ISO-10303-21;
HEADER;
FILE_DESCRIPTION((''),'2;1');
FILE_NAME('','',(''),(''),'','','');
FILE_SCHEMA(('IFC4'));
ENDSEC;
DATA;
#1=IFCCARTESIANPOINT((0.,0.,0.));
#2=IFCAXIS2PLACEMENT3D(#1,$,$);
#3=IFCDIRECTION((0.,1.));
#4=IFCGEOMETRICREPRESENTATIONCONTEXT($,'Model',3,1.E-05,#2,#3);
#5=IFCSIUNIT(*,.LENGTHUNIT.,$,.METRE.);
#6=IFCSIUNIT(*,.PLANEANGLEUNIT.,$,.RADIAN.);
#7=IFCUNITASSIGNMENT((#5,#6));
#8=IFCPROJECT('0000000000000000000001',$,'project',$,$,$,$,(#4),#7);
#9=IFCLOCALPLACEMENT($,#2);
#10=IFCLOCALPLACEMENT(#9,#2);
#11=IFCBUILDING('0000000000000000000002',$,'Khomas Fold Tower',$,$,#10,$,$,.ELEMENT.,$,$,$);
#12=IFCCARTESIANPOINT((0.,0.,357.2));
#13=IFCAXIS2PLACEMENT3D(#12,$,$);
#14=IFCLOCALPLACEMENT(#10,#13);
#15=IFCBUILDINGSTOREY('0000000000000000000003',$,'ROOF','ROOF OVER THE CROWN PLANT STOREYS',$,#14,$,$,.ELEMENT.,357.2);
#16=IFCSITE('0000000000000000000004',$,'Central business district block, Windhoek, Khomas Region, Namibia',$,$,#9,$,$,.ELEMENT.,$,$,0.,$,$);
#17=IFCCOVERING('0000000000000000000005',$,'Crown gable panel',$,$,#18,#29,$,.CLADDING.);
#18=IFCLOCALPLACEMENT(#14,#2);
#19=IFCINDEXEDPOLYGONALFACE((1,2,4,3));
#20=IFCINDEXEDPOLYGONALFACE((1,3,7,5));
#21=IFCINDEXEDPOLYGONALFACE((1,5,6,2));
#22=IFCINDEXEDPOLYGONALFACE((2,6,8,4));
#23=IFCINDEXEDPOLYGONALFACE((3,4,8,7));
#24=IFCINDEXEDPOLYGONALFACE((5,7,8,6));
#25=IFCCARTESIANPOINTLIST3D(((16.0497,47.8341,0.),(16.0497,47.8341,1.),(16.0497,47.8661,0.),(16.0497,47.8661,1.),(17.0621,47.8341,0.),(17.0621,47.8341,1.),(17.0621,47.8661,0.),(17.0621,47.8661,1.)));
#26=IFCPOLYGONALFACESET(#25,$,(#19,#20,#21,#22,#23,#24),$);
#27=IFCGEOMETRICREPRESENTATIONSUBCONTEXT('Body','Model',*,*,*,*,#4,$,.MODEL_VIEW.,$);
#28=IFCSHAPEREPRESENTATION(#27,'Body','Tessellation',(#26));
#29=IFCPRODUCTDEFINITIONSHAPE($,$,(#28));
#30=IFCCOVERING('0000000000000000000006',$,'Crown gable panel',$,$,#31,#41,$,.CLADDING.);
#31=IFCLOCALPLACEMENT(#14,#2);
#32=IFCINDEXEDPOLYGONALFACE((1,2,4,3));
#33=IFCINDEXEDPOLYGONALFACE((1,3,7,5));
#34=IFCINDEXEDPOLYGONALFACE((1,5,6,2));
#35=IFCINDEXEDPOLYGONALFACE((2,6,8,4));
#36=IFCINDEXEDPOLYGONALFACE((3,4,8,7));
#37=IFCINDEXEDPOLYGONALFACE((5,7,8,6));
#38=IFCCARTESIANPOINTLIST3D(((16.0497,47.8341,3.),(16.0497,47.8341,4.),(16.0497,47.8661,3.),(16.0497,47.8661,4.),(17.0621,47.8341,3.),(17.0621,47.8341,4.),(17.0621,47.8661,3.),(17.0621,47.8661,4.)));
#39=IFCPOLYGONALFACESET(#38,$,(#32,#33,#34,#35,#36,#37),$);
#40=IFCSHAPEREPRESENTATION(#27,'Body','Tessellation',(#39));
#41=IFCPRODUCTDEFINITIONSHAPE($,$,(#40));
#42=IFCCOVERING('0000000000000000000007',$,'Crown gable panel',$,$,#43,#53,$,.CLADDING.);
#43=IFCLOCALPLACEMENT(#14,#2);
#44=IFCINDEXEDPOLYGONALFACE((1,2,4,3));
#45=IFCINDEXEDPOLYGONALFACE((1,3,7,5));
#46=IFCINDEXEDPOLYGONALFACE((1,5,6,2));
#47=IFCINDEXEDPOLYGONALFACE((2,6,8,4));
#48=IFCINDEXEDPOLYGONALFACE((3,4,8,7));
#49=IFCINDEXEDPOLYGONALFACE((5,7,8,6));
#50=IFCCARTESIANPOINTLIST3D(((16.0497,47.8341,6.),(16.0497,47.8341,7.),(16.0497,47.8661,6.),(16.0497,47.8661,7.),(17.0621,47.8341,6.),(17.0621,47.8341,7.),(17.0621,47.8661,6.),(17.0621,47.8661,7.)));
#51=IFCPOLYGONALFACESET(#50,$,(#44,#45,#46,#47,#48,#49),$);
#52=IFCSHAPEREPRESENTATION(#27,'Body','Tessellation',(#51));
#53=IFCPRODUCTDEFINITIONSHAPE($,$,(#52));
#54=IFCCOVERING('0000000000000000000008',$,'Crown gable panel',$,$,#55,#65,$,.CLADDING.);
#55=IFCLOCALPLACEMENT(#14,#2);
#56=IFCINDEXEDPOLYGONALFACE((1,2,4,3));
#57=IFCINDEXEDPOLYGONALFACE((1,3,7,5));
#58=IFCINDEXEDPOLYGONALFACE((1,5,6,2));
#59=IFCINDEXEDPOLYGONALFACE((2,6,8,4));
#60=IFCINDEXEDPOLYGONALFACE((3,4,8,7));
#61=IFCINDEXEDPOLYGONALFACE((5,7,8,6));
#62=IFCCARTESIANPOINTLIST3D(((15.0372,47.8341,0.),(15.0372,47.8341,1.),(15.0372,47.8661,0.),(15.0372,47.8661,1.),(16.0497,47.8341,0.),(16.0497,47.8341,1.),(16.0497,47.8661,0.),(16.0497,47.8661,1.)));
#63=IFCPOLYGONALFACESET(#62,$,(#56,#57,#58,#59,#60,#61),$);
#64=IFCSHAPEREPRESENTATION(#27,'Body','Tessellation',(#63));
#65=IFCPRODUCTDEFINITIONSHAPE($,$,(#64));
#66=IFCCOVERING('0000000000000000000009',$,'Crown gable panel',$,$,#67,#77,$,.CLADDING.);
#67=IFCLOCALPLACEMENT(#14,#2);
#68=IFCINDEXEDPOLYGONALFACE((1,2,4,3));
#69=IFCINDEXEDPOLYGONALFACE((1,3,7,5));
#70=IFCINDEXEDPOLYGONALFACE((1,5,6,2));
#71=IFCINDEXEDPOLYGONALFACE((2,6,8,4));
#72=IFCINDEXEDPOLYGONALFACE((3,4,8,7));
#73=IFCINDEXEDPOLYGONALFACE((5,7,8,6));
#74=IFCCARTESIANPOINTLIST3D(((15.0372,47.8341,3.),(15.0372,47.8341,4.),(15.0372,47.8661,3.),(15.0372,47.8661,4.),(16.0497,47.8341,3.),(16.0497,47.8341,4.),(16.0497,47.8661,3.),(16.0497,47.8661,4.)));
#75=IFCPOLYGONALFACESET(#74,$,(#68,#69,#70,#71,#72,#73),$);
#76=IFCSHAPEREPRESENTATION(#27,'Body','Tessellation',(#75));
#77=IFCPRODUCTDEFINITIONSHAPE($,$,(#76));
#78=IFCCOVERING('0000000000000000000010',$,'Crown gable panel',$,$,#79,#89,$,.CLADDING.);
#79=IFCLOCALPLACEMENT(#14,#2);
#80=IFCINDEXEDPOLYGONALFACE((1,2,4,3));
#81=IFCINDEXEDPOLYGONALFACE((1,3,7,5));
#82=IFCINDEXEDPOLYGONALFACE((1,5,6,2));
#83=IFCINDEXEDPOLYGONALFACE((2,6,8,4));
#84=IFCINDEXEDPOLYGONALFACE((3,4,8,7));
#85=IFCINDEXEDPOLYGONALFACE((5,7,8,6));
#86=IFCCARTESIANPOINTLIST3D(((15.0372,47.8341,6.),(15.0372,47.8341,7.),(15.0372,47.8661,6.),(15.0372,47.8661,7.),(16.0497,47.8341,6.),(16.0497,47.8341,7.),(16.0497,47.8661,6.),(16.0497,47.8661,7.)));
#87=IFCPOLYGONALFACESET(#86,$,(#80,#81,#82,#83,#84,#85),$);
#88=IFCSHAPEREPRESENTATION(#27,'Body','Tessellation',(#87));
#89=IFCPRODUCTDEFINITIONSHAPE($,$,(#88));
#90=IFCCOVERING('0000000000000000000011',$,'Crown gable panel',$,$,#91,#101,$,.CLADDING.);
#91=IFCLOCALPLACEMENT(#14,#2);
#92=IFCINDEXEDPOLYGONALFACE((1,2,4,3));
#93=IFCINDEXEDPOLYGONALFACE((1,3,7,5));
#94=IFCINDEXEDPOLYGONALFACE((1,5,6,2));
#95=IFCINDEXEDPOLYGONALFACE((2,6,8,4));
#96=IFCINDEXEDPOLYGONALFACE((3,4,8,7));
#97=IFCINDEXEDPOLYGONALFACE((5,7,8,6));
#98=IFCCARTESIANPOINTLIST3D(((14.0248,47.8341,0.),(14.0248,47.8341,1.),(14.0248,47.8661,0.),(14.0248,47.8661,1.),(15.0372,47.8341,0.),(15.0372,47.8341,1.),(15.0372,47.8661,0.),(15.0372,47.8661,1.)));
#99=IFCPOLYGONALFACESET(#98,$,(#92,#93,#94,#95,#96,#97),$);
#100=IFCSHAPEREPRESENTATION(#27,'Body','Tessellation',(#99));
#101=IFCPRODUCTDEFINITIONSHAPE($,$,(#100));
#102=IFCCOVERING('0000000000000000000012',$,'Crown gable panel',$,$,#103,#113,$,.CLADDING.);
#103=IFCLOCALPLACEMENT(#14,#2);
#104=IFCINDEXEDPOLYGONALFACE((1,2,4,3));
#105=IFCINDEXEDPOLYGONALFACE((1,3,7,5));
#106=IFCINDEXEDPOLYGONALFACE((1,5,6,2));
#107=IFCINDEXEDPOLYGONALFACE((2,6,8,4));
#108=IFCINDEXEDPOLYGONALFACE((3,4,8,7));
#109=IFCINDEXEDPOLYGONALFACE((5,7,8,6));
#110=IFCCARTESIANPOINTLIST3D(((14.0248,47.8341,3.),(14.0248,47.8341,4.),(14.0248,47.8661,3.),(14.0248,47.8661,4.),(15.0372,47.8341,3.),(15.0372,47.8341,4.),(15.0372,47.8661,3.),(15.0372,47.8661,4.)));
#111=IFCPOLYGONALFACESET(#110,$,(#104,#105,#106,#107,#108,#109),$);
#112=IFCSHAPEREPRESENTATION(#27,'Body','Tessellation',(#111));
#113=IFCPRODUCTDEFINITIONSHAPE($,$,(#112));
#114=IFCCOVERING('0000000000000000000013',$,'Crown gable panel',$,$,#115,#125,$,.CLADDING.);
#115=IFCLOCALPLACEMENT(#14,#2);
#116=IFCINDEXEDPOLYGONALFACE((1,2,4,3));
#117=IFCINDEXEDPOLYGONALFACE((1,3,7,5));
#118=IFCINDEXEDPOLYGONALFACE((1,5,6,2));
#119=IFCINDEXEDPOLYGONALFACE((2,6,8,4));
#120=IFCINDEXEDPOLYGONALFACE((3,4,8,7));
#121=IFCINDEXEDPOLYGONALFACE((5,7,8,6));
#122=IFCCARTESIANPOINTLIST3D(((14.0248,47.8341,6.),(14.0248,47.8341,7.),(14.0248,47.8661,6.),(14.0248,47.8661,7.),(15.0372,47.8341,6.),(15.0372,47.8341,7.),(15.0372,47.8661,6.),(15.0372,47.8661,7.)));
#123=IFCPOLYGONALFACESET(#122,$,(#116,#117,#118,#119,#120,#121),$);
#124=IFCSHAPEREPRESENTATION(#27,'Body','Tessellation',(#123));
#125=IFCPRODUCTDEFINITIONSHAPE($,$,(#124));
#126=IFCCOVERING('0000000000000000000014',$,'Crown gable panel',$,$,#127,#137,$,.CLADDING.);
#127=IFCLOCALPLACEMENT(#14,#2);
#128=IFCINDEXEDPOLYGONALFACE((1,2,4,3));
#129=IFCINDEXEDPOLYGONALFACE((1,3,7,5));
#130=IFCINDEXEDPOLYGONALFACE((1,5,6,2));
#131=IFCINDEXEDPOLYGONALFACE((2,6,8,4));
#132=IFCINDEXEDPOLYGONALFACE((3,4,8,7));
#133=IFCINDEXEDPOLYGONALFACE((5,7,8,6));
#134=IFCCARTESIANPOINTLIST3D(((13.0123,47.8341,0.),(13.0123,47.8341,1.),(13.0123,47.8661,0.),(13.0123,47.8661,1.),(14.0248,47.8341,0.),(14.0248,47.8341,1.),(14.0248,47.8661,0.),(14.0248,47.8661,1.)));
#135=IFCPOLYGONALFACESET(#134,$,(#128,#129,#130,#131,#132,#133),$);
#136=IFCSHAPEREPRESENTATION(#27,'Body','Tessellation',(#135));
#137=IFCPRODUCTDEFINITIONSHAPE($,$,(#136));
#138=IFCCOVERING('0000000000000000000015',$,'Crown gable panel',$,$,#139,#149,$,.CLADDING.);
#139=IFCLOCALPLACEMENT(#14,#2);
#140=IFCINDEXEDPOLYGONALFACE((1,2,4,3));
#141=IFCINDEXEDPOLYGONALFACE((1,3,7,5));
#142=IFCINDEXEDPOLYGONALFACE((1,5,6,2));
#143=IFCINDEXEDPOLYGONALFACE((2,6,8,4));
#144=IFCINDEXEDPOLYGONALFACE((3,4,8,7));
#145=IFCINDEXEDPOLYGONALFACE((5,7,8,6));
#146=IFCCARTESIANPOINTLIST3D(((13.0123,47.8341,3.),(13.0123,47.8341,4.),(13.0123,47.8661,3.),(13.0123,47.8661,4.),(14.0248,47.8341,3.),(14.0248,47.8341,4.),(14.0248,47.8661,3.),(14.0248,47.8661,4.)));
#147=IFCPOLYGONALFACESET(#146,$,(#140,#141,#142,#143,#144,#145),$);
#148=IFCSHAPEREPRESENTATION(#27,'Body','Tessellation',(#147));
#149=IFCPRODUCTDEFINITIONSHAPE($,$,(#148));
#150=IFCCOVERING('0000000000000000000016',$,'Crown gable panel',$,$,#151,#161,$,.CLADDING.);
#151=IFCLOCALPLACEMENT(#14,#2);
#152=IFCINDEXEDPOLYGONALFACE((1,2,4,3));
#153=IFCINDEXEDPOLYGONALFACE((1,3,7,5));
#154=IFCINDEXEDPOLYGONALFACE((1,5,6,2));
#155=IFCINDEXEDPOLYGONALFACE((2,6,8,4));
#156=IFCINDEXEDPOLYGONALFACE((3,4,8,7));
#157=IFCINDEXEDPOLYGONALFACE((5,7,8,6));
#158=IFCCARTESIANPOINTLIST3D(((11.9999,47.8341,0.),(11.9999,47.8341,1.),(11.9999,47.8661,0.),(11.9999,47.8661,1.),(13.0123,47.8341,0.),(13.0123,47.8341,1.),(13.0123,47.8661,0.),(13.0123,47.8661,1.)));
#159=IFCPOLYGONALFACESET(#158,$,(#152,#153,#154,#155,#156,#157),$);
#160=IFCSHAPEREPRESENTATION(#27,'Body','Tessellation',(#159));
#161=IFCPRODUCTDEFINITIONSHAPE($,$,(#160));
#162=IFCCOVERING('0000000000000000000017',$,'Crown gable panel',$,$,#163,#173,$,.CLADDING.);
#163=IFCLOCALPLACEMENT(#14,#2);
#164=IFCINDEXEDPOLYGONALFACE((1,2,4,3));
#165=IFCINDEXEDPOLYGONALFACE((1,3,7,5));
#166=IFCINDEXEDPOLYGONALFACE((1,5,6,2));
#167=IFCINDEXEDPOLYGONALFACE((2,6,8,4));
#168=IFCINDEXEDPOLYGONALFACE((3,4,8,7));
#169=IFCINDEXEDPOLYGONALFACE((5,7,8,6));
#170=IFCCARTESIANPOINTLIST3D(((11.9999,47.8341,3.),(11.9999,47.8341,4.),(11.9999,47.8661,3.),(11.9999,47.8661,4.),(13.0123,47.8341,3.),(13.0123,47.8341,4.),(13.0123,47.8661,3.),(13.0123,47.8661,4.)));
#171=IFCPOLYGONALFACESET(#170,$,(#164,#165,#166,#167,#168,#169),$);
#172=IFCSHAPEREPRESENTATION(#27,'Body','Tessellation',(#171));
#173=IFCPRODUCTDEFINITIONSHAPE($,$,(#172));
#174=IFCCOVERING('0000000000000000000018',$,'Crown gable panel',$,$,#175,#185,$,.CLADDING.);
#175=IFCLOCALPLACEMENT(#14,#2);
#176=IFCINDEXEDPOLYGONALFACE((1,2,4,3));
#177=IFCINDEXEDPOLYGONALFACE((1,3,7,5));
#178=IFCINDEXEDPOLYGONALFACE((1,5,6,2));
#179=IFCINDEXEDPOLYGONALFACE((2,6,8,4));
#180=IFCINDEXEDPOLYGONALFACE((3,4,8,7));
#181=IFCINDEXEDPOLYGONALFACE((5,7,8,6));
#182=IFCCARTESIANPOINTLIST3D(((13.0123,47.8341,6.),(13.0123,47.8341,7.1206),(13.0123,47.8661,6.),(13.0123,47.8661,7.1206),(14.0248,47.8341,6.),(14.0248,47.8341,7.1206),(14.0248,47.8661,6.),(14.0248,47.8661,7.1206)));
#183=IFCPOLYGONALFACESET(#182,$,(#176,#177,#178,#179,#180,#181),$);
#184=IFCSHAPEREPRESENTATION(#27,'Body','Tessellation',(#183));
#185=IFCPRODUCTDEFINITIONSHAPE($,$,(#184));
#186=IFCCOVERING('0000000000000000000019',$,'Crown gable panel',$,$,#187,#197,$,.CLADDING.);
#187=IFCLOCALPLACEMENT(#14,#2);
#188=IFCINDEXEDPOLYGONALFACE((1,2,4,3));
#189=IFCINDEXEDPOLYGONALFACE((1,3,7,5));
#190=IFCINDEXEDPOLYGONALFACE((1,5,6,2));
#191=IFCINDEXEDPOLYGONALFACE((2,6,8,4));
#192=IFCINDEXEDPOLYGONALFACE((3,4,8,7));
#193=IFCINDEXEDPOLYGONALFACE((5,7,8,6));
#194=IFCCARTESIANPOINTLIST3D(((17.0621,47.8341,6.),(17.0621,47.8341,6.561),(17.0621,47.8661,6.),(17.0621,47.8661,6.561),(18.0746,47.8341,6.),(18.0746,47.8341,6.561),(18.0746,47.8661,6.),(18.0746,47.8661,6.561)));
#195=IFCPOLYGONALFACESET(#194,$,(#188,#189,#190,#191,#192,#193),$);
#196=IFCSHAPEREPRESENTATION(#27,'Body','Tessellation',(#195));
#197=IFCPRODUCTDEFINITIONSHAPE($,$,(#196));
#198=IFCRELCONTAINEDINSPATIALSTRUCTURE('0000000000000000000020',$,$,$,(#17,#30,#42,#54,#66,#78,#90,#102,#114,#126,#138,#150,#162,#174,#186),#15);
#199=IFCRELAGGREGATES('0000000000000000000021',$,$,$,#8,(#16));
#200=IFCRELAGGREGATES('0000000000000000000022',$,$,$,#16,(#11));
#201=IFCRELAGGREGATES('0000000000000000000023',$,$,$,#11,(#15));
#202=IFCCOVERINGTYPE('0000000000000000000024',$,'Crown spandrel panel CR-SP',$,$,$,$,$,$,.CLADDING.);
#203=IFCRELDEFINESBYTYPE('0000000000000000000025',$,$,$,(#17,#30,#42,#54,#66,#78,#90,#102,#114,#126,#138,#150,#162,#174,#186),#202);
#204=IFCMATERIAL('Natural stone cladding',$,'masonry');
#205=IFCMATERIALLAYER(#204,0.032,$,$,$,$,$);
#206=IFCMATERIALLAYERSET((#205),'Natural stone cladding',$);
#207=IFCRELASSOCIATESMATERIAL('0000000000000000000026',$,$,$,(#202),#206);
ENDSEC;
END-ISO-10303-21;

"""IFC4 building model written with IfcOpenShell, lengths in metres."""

from ifc_helpers import new_model, si_unit, direction, frame, origin, origin_2d, place, context, subcontext, project, spatial, rectangle, extrude, source, transform, mapped, material, layer, layer_set, type_object, element, save


model = new_model("IFC4")

# Units and contexts
model_context = context("Model", 3, precision=1e-05, world=origin(), true_north=direction((0.0, 1.0)))
body_context = subcontext(model_context, "Body", "Model", "MODEL_VIEW")
ifc_project = project(units=[si_unit("LENGTHUNIT", "METRE"), si_unit("PLANEANGLEUNIT", "RADIAN")], contexts=[model_context])

# Site, building, storey
site_placement = place(None, origin())
site = spatial("IfcSite", under=ifc_project, at=site_placement, Name="Central business district block, Windhoek, Khomas Region, Namibia", CompositionType="ELEMENT", RefElevation=0.0)
building_placement = place(site_placement, origin())
building = spatial("IfcBuilding", under=site, at=building_placement, Name="Khomas Fold Tower", CompositionType="ELEMENT")
storey_placement = place(building_placement, frame((0.0, 0.0, 357.2)))
storey = spatial("IfcBuildingStorey", under=building, at=storey_placement, Name="ROOF", Description="ROOF OVER THE CROWN PLANT STOREYS", CompositionType="ELEMENT", Elevation=357.2)

# Coverings
ifc_material_1 = material(Name="Natural stone cladding", Category="masonry")
ifc_layer_1 = layer(ifc_material_1, 0.032)
ifc_layer_set_1 = layer_set([ifc_layer_1], Name="Natural stone cladding")
covering_type = type_object("IfcCoveringType", Name="Crown spandrel panel CR-SP", PredefinedType="CLADDING", material=ifc_layer_set_1)
shared_shape_1 = source(origin(), body_context, "Body", "SweptSolid", [
    extrude(rectangle(XDim=1.0125, YDim=0.032, at=origin_2d()), origin(), (0.0, 0.0, 1.0), 1.0),
])
for number, where, z_axis, x_axis, name in (
    (1, (16.5559, 47.8501, 0.0), (0.0, 0.0, 1.0), (-1.0, 0.0, 0.0), "Crown gable panel"),
    (2, (16.5559, 47.8501, 3.0), (0.0, 0.0, 1.0), (-1.0, 0.0, 0.0), "Crown gable panel"),
    (3, (16.5559, 47.8501, 6.0), (0.0, 0.0, 1.0), (-1.0, 0.0, 0.0), "Crown gable panel"),
    (4, (15.5435, 47.8501, 0.0), (0.0, 0.0, 1.0), (-1.0, 0.0, 0.0), "Crown gable panel"),
    (5, (15.5435, 47.8501, 3.0), (0.0, 0.0, 1.0), (-1.0, 0.0, 0.0), "Crown gable panel"),
    (6, (15.5435, 47.8501, 6.0), (0.0, 0.0, 1.0), (-1.0, 0.0, 0.0), "Crown gable panel"),
    (7, (14.531, 47.8501, 0.0), (0.0, 0.0, 1.0), (-1.0, 0.0, 0.0), "Crown gable panel"),
    (8, (14.531, 47.8501, 3.0), (0.0, 0.0, 1.0), (-1.0, 0.0, 0.0), "Crown gable panel"),
    (9, (14.531, 47.8501, 6.0), (0.0, 0.0, 1.0), (-1.0, 0.0, 0.0), "Crown gable panel"),
    (10, (13.5186, 47.8501, 0.0), (0.0, 0.0, 1.0), (-1.0, 0.0, 0.0), "Crown gable panel"),
    (11, (13.5186, 47.8501, 3.0), (0.0, 0.0, 1.0), (-1.0, 0.0, 0.0), "Crown gable panel"),
    (12, (12.5061, 47.8501, 0.0), (0.0, 0.0, 1.0), (-1.0, 0.0, 0.0), "Crown gable panel"),
    (13, (12.5061, 47.8501, 3.0), (0.0, 0.0, 1.0), (-1.0, 0.0, 0.0), "Crown gable panel"),
):
    element("IfcCovering", number, at=place(storey_placement, frame(where, z_axis=z_axis, x_axis=x_axis)), inside=storey, type_object=covering_type, Name=name, PredefinedType="CLADDING", context=body_context, shape_type="MappedRepresentation", body=[
        mapped(shared_shape_1, transform((0.0, 0.0, 0.0))),
    ])
shared_shape_2 = source(origin(), body_context, "Body", "SweptSolid", [
    extrude(rectangle(XDim=1.0125, YDim=0.032, at=origin_2d()), origin(), (0.0, 0.0, 1.0), 1.1206),
])
covering_1_placement = place(storey_placement, frame((13.5186, 47.8501, 6.0), z_axis=(0.0, 0.0, 1.0), x_axis=(-1.0, 0.0, 0.0)))
element("IfcCovering", 14, at=covering_1_placement, inside=storey, type_object=covering_type, Name="Crown gable panel", PredefinedType="CLADDING", context=body_context, shape_type="MappedRepresentation", body=[
    mapped(shared_shape_2, transform((0.0, 0.0, 0.0))),
])
shared_shape_3 = source(origin(), body_context, "Body", "SweptSolid", [
    extrude(rectangle(XDim=1.0125, YDim=0.032, at=origin_2d()), origin(), (0.0, 0.0, 1.0), 0.561),
])
covering_2_placement = place(storey_placement, frame((17.5684, 47.8501, 6.0), z_axis=(0.0, 0.0, 1.0), x_axis=(-1.0, 0.0, 0.0)))
element("IfcCovering", 15, at=covering_2_placement, inside=storey, type_object=covering_type, Name="Crown gable panel", PredefinedType="CLADDING", context=body_context, shape_type="MappedRepresentation", body=[
    mapped(shared_shape_3, transform((0.0, 0.0, 0.0))),
])

save(model, "model.ifc")
